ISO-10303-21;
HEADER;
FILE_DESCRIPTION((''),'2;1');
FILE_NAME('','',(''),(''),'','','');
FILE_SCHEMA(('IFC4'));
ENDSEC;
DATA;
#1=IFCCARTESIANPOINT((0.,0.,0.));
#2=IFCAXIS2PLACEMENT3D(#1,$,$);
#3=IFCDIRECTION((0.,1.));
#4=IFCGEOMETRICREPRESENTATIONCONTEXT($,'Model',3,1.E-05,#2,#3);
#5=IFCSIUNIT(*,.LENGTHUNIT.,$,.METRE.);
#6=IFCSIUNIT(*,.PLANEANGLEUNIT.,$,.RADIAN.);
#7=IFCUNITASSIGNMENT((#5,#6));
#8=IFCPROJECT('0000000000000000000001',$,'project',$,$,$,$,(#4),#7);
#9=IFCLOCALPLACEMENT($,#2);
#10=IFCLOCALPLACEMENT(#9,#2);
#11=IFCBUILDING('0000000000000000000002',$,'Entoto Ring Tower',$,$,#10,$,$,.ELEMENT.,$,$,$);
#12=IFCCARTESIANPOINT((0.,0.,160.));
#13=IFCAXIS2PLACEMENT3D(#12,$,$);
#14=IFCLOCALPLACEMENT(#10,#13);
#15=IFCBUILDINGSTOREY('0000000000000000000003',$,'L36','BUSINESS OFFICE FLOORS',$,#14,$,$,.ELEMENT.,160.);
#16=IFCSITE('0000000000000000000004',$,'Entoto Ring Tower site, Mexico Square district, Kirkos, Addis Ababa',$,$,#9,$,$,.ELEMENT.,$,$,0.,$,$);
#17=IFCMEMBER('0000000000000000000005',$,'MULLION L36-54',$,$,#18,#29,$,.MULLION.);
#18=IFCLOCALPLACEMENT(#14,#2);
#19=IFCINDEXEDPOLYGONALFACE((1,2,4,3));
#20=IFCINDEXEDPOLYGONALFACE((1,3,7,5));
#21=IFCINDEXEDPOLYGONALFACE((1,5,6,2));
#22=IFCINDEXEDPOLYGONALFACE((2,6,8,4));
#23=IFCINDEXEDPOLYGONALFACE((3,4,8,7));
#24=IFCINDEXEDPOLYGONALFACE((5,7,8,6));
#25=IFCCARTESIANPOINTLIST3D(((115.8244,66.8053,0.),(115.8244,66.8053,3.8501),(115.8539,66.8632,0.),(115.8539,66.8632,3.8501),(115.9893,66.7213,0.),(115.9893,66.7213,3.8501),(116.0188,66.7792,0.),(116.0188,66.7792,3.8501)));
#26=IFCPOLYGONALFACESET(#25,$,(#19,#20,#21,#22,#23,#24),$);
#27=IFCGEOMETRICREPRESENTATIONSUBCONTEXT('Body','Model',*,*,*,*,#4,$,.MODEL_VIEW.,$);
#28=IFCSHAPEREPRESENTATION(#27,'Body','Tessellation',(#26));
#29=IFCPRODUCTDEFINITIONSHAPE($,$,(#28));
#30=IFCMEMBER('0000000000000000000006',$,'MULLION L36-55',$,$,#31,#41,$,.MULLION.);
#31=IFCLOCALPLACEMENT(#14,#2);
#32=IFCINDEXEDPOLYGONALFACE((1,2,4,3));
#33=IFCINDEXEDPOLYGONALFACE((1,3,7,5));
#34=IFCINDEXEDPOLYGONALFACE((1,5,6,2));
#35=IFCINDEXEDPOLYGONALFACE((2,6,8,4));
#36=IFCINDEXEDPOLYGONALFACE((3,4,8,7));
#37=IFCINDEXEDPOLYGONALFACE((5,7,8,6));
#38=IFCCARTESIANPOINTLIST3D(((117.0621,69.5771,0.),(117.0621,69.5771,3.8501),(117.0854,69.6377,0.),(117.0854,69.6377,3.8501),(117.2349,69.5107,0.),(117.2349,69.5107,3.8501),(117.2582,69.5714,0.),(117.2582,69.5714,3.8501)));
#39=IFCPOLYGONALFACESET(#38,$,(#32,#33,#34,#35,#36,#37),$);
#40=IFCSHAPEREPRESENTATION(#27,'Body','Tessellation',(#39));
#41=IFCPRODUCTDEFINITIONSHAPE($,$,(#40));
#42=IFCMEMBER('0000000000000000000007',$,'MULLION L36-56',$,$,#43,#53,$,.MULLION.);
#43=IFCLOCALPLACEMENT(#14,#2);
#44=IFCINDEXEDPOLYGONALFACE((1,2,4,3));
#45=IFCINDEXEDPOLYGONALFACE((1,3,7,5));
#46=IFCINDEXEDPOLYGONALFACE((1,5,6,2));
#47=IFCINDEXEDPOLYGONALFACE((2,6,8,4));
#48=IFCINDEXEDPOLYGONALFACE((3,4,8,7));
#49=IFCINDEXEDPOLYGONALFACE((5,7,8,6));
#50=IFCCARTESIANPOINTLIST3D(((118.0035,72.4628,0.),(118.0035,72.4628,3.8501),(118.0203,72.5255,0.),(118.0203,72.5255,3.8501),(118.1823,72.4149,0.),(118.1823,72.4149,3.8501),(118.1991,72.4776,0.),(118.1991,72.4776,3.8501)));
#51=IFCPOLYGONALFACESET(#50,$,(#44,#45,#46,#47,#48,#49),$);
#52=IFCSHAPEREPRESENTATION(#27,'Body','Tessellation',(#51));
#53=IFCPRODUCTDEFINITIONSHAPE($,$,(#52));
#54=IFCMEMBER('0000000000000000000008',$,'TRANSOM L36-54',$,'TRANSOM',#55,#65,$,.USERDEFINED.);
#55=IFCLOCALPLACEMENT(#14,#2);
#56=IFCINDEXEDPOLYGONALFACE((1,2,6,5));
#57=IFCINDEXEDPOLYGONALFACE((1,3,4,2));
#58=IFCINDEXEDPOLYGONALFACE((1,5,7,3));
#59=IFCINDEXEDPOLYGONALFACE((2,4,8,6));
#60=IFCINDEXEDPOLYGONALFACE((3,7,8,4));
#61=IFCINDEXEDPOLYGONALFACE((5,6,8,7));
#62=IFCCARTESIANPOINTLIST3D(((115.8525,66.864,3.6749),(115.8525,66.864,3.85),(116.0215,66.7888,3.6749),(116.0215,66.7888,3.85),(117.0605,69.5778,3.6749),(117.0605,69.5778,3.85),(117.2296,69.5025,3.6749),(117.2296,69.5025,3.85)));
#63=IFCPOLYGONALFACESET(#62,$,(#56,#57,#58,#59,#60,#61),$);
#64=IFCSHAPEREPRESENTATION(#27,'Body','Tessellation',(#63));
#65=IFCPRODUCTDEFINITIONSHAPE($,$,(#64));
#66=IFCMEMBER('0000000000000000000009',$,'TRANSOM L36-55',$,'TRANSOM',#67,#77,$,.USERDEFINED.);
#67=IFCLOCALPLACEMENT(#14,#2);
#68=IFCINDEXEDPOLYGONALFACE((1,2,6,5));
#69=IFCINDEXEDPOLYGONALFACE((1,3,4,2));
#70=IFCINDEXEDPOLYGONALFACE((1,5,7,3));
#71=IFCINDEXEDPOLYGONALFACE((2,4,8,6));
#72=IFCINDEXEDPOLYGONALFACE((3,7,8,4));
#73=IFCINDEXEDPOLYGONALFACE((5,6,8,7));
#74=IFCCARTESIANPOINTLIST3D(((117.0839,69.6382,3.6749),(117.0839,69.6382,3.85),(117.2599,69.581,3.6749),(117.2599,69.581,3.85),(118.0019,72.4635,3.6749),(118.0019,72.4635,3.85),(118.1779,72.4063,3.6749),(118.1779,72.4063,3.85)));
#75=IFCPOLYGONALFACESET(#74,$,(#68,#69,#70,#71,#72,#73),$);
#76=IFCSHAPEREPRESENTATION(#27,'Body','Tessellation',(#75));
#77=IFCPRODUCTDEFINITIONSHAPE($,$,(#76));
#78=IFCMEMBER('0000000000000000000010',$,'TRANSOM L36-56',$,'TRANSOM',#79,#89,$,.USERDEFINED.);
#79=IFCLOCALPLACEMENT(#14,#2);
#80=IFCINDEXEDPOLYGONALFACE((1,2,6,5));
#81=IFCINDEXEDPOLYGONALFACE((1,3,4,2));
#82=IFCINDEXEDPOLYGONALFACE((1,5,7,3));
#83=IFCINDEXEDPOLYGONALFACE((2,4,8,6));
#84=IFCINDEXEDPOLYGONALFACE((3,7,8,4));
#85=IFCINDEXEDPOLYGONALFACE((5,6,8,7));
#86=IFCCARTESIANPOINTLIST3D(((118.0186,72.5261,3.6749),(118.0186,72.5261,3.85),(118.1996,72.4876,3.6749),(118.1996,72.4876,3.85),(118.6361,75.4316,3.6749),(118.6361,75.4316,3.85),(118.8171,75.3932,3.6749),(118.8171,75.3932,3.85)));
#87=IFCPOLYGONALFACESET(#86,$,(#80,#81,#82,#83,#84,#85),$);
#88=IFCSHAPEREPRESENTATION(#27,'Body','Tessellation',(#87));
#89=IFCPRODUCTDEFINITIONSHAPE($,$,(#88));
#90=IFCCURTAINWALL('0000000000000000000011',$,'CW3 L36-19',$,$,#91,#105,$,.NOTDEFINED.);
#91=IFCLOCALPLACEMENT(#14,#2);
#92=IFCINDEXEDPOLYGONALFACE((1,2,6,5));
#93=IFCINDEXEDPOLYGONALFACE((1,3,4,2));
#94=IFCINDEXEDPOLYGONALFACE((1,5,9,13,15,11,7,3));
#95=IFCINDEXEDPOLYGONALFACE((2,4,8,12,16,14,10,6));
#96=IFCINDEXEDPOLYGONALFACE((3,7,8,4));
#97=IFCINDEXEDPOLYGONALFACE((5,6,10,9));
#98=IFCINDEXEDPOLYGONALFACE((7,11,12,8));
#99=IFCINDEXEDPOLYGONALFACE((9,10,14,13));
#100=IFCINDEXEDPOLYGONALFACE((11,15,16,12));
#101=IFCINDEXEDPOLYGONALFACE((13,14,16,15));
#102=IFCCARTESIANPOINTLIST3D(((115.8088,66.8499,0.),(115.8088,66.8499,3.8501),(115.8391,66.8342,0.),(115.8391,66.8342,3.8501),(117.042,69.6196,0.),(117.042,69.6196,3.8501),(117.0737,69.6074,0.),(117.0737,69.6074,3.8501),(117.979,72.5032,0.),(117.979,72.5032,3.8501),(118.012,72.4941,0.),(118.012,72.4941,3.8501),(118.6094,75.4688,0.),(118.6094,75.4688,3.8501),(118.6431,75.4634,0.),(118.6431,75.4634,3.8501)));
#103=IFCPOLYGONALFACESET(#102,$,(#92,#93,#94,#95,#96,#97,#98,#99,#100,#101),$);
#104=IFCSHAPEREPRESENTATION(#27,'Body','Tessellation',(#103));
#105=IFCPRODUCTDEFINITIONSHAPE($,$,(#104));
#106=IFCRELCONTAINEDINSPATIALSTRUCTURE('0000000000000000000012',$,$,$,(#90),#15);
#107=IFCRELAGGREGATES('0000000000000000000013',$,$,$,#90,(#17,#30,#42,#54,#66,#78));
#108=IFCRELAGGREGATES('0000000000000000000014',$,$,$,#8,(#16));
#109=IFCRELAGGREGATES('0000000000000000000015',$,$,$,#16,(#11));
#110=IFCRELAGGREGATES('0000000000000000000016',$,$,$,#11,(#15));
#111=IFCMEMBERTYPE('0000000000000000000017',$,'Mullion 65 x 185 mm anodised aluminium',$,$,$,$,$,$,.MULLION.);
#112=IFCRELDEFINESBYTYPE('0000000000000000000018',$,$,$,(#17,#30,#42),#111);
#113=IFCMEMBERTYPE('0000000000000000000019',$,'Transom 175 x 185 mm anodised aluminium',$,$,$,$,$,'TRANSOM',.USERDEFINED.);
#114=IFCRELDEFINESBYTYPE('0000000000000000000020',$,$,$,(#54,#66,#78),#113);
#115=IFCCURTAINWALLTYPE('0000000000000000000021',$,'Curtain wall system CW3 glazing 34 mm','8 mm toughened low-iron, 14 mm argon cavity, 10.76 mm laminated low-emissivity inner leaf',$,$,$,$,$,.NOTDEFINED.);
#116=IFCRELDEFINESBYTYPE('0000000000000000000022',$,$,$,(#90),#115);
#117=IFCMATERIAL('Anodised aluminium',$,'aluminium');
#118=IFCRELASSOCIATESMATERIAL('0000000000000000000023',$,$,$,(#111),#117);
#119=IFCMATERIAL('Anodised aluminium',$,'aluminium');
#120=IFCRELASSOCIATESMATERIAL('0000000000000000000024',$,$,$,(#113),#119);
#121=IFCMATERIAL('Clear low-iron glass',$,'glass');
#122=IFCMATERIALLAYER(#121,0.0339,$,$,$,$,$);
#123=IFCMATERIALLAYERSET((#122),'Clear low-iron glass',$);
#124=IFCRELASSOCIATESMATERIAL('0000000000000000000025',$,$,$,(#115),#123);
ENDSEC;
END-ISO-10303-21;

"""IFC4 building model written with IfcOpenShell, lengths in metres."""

from ifc_helpers import new_model, si_unit, direction, frame, origin, origin_2d, place, context, subcontext, project, spatial, polyline, rectangle, outline, extrude, material, layer, layer_set, material_profile, profile_set, type_object, element, aggregate, save


model = new_model("IFC4")

# Units and contexts
model_context = context("Model", 3, precision=1e-05, world=origin(), true_north=direction((0.0, 1.0)))
body_context = subcontext(model_context, "Body", "Model", "MODEL_VIEW")
ifc_project = project(units=[si_unit("LENGTHUNIT", "METRE"), si_unit("PLANEANGLEUNIT", "RADIAN")], contexts=[model_context])

# Members
ifc_material_1 = material(Name="Anodised aluminium", Category="aluminium")
ifc_material_profile_1 = material_profile(ifc_material_1, rectangle(XDim=0.0649, YDim=0.1851, at=origin_2d()), Name="Mullion 65 x 185 mm anodised aluminium")
ifc_profile_set_1 = profile_set([ifc_material_profile_1], Name="Anodised aluminium")
member_type_1 = type_object("IfcMemberType", Name="Mullion 65 x 185 mm anodised aluminium", PredefinedType="MULLION", material=ifc_profile_set_1)
site_placement = place(None, origin())
building_placement = place(site_placement, origin())
storey_placement = place(building_placement, frame((0.0, 0.0, 160.0)))
member_1_placement = place(storey_placement, frame((115.9216, 66.7922, 0.0), z_axis=(0.0, 0.0, 1.0), x_axis=(0.45399, 0.891007, 0.0)))
member_1 = element("IfcMember", 1, at=member_1_placement, type_object=member_type_1, Name="MULLION L36-54", PredefinedType="MULLION", context=body_context, shape_type="SweptSolid", body=[
    extrude(rectangle(XDim=0.0649, YDim=0.1851, at=origin_2d()), origin(), (0.0, 0.0, 1.0), 3.8501),
])
member_2_placement = place(storey_placement, frame((117.1602, 69.5742, 0.0), z_axis=(0.0, 0.0, 1.0), x_axis=(0.358368, 0.93358, 0.0)))
member_2 = element("IfcMember", 2, at=member_2_placement, type_object=member_type_1, Name="MULLION L36-55", PredefinedType="MULLION", context=body_context, shape_type="SweptSolid", body=[
    extrude(rectangle(XDim=0.0649, YDim=0.1851, at=origin_2d()), origin(), (0.0, 0.0, 1.0), 3.8501),
])
member_3_placement = place(storey_placement, frame((118.1013, 72.4702, 0.0), z_axis=(0.0, 0.0, 1.0), x_axis=(0.258819, 0.965926, 0.0)))
member_3 = element("IfcMember", 3, at=member_3_placement, type_object=member_type_1, Name="MULLION L36-56", PredefinedType="MULLION", context=body_context, shape_type="SweptSolid", body=[
    extrude(rectangle(XDim=0.0649, YDim=0.1851, at=origin_2d()), origin(), (0.0, 0.0, 1.0), 3.8501),
])
ifc_material_2 = material(Name="Anodised aluminium", Category="aluminium")
ifc_material_profile_2 = material_profile(ifc_material_2, rectangle(XDim=0.1851, YDim=0.175, at=origin_2d()), Name="Transom 175 x 185 mm anodised aluminium")
ifc_profile_set_2 = profile_set([ifc_material_profile_2], Name="Anodised aluminium")
member_type_2 = type_object("IfcMemberType", Name="Transom 175 x 185 mm anodised aluminium", ElementType="TRANSOM", PredefinedType="USERDEFINED", material=ifc_profile_set_2)
member_4_placement = place(storey_placement, frame((115.937, 66.8264, 3.7625), z_axis=(0.406687, 0.913567, 0.0), x_axis=(-0.913567, 0.406687, 0.0)))
member_4 = element("IfcMember", 4, at=member_4_placement, type_object=member_type_2, Name="TRANSOM L36-54", ObjectType="TRANSOM", PredefinedType="USERDEFINED", context=body_context, shape_type="SweptSolid", body=[
    extrude(rectangle(XDim=0.1851, YDim=0.175, at=origin_2d()), origin(), (0.0, 0.0, 1.0), 2.9705),
])
member_5_placement = place(storey_placement, frame((117.1719, 69.6096, 3.7625), z_axis=(0.309019, 0.951056, 0.0), x_axis=(-0.951056, 0.309019, 0.0)))
member_5 = element("IfcMember", 5, at=member_5_placement, type_object=member_type_2, Name="TRANSOM L36-55", ObjectType="TRANSOM", PredefinedType="USERDEFINED", context=body_context, shape_type="SweptSolid", body=[
    extrude(rectangle(XDim=0.1851, YDim=0.175, at=origin_2d()), origin(), (0.0, 0.0, 1.0), 2.9707),
])
member_6_placement = place(storey_placement, frame((118.1091, 72.5068, 3.7625), z_axis=(0.207862, 0.978158, 0.0), x_axis=(-0.978158, 0.207862, 0.0)))
member_6 = element("IfcMember", 6, at=member_6_placement, type_object=member_type_2, Name="TRANSOM L36-56", ObjectType="TRANSOM", PredefinedType="USERDEFINED", context=body_context, shape_type="SweptSolid", body=[
    extrude(rectangle(XDim=0.1851, YDim=0.175, at=origin_2d()), origin(), (0.0, 0.0, 1.0), 2.9705),
])

# Site, building, storey
site = spatial("IfcSite", under=ifc_project, at=site_placement, Name="Entoto Ring Tower site, Mexico Square district, Kirkos, Addis Ababa", CompositionType="ELEMENT", RefElevation=0.0)
building = spatial("IfcBuilding", under=site, at=building_placement, Name="Entoto Ring Tower", CompositionType="ELEMENT")
storey = spatial("IfcBuildingStorey", under=building, at=storey_placement, Name="L36", Description="BUSINESS OFFICE FLOORS", CompositionType="ELEMENT", Elevation=160.0)

# Curtain wall
ifc_material_3 = material(Name="Clear low-iron glass", Category="glass")
ifc_layer = layer(ifc_material_3, 0.0339)
ifc_layer_set = layer_set([ifc_layer], Name="Clear low-iron glass")
curtain_wall_type = type_object("IfcCurtainWallType", Name="Curtain wall system CW3 glazing 34 mm", Description="8 mm toughened low-iron, 14 mm argon cavity, 10.76 mm laminated low-emissivity inner leaf", PredefinedType="NOTDEFINED", material=ifc_layer_set)
curtain_wall_1_placement = place(storey_placement, origin())
curtain_wall_1 = element("IfcCurtainWall", 7, at=curtain_wall_1_placement, inside=storey, type_object=curtain_wall_type, Name="CW3 L36-19", PredefinedType="NOTDEFINED", context=body_context, shape_type="SweptSolid", body=[
    extrude(outline(polyline([(115.8391, 66.8342), (117.0737, 69.6074), (118.012, 72.4941), (118.6431, 75.4634), (118.6094, 75.4688), (117.979, 72.5032), (117.042, 69.6196), (115.8088, 66.8499), (115.8391, 66.8342)])), origin(), (0.0, 0.0, 1.0), 3.8501),
])
aggregate(curtain_wall_1, [member_1, member_2, member_3, member_4, member_5, member_6])

save(model, "model.ifc")
